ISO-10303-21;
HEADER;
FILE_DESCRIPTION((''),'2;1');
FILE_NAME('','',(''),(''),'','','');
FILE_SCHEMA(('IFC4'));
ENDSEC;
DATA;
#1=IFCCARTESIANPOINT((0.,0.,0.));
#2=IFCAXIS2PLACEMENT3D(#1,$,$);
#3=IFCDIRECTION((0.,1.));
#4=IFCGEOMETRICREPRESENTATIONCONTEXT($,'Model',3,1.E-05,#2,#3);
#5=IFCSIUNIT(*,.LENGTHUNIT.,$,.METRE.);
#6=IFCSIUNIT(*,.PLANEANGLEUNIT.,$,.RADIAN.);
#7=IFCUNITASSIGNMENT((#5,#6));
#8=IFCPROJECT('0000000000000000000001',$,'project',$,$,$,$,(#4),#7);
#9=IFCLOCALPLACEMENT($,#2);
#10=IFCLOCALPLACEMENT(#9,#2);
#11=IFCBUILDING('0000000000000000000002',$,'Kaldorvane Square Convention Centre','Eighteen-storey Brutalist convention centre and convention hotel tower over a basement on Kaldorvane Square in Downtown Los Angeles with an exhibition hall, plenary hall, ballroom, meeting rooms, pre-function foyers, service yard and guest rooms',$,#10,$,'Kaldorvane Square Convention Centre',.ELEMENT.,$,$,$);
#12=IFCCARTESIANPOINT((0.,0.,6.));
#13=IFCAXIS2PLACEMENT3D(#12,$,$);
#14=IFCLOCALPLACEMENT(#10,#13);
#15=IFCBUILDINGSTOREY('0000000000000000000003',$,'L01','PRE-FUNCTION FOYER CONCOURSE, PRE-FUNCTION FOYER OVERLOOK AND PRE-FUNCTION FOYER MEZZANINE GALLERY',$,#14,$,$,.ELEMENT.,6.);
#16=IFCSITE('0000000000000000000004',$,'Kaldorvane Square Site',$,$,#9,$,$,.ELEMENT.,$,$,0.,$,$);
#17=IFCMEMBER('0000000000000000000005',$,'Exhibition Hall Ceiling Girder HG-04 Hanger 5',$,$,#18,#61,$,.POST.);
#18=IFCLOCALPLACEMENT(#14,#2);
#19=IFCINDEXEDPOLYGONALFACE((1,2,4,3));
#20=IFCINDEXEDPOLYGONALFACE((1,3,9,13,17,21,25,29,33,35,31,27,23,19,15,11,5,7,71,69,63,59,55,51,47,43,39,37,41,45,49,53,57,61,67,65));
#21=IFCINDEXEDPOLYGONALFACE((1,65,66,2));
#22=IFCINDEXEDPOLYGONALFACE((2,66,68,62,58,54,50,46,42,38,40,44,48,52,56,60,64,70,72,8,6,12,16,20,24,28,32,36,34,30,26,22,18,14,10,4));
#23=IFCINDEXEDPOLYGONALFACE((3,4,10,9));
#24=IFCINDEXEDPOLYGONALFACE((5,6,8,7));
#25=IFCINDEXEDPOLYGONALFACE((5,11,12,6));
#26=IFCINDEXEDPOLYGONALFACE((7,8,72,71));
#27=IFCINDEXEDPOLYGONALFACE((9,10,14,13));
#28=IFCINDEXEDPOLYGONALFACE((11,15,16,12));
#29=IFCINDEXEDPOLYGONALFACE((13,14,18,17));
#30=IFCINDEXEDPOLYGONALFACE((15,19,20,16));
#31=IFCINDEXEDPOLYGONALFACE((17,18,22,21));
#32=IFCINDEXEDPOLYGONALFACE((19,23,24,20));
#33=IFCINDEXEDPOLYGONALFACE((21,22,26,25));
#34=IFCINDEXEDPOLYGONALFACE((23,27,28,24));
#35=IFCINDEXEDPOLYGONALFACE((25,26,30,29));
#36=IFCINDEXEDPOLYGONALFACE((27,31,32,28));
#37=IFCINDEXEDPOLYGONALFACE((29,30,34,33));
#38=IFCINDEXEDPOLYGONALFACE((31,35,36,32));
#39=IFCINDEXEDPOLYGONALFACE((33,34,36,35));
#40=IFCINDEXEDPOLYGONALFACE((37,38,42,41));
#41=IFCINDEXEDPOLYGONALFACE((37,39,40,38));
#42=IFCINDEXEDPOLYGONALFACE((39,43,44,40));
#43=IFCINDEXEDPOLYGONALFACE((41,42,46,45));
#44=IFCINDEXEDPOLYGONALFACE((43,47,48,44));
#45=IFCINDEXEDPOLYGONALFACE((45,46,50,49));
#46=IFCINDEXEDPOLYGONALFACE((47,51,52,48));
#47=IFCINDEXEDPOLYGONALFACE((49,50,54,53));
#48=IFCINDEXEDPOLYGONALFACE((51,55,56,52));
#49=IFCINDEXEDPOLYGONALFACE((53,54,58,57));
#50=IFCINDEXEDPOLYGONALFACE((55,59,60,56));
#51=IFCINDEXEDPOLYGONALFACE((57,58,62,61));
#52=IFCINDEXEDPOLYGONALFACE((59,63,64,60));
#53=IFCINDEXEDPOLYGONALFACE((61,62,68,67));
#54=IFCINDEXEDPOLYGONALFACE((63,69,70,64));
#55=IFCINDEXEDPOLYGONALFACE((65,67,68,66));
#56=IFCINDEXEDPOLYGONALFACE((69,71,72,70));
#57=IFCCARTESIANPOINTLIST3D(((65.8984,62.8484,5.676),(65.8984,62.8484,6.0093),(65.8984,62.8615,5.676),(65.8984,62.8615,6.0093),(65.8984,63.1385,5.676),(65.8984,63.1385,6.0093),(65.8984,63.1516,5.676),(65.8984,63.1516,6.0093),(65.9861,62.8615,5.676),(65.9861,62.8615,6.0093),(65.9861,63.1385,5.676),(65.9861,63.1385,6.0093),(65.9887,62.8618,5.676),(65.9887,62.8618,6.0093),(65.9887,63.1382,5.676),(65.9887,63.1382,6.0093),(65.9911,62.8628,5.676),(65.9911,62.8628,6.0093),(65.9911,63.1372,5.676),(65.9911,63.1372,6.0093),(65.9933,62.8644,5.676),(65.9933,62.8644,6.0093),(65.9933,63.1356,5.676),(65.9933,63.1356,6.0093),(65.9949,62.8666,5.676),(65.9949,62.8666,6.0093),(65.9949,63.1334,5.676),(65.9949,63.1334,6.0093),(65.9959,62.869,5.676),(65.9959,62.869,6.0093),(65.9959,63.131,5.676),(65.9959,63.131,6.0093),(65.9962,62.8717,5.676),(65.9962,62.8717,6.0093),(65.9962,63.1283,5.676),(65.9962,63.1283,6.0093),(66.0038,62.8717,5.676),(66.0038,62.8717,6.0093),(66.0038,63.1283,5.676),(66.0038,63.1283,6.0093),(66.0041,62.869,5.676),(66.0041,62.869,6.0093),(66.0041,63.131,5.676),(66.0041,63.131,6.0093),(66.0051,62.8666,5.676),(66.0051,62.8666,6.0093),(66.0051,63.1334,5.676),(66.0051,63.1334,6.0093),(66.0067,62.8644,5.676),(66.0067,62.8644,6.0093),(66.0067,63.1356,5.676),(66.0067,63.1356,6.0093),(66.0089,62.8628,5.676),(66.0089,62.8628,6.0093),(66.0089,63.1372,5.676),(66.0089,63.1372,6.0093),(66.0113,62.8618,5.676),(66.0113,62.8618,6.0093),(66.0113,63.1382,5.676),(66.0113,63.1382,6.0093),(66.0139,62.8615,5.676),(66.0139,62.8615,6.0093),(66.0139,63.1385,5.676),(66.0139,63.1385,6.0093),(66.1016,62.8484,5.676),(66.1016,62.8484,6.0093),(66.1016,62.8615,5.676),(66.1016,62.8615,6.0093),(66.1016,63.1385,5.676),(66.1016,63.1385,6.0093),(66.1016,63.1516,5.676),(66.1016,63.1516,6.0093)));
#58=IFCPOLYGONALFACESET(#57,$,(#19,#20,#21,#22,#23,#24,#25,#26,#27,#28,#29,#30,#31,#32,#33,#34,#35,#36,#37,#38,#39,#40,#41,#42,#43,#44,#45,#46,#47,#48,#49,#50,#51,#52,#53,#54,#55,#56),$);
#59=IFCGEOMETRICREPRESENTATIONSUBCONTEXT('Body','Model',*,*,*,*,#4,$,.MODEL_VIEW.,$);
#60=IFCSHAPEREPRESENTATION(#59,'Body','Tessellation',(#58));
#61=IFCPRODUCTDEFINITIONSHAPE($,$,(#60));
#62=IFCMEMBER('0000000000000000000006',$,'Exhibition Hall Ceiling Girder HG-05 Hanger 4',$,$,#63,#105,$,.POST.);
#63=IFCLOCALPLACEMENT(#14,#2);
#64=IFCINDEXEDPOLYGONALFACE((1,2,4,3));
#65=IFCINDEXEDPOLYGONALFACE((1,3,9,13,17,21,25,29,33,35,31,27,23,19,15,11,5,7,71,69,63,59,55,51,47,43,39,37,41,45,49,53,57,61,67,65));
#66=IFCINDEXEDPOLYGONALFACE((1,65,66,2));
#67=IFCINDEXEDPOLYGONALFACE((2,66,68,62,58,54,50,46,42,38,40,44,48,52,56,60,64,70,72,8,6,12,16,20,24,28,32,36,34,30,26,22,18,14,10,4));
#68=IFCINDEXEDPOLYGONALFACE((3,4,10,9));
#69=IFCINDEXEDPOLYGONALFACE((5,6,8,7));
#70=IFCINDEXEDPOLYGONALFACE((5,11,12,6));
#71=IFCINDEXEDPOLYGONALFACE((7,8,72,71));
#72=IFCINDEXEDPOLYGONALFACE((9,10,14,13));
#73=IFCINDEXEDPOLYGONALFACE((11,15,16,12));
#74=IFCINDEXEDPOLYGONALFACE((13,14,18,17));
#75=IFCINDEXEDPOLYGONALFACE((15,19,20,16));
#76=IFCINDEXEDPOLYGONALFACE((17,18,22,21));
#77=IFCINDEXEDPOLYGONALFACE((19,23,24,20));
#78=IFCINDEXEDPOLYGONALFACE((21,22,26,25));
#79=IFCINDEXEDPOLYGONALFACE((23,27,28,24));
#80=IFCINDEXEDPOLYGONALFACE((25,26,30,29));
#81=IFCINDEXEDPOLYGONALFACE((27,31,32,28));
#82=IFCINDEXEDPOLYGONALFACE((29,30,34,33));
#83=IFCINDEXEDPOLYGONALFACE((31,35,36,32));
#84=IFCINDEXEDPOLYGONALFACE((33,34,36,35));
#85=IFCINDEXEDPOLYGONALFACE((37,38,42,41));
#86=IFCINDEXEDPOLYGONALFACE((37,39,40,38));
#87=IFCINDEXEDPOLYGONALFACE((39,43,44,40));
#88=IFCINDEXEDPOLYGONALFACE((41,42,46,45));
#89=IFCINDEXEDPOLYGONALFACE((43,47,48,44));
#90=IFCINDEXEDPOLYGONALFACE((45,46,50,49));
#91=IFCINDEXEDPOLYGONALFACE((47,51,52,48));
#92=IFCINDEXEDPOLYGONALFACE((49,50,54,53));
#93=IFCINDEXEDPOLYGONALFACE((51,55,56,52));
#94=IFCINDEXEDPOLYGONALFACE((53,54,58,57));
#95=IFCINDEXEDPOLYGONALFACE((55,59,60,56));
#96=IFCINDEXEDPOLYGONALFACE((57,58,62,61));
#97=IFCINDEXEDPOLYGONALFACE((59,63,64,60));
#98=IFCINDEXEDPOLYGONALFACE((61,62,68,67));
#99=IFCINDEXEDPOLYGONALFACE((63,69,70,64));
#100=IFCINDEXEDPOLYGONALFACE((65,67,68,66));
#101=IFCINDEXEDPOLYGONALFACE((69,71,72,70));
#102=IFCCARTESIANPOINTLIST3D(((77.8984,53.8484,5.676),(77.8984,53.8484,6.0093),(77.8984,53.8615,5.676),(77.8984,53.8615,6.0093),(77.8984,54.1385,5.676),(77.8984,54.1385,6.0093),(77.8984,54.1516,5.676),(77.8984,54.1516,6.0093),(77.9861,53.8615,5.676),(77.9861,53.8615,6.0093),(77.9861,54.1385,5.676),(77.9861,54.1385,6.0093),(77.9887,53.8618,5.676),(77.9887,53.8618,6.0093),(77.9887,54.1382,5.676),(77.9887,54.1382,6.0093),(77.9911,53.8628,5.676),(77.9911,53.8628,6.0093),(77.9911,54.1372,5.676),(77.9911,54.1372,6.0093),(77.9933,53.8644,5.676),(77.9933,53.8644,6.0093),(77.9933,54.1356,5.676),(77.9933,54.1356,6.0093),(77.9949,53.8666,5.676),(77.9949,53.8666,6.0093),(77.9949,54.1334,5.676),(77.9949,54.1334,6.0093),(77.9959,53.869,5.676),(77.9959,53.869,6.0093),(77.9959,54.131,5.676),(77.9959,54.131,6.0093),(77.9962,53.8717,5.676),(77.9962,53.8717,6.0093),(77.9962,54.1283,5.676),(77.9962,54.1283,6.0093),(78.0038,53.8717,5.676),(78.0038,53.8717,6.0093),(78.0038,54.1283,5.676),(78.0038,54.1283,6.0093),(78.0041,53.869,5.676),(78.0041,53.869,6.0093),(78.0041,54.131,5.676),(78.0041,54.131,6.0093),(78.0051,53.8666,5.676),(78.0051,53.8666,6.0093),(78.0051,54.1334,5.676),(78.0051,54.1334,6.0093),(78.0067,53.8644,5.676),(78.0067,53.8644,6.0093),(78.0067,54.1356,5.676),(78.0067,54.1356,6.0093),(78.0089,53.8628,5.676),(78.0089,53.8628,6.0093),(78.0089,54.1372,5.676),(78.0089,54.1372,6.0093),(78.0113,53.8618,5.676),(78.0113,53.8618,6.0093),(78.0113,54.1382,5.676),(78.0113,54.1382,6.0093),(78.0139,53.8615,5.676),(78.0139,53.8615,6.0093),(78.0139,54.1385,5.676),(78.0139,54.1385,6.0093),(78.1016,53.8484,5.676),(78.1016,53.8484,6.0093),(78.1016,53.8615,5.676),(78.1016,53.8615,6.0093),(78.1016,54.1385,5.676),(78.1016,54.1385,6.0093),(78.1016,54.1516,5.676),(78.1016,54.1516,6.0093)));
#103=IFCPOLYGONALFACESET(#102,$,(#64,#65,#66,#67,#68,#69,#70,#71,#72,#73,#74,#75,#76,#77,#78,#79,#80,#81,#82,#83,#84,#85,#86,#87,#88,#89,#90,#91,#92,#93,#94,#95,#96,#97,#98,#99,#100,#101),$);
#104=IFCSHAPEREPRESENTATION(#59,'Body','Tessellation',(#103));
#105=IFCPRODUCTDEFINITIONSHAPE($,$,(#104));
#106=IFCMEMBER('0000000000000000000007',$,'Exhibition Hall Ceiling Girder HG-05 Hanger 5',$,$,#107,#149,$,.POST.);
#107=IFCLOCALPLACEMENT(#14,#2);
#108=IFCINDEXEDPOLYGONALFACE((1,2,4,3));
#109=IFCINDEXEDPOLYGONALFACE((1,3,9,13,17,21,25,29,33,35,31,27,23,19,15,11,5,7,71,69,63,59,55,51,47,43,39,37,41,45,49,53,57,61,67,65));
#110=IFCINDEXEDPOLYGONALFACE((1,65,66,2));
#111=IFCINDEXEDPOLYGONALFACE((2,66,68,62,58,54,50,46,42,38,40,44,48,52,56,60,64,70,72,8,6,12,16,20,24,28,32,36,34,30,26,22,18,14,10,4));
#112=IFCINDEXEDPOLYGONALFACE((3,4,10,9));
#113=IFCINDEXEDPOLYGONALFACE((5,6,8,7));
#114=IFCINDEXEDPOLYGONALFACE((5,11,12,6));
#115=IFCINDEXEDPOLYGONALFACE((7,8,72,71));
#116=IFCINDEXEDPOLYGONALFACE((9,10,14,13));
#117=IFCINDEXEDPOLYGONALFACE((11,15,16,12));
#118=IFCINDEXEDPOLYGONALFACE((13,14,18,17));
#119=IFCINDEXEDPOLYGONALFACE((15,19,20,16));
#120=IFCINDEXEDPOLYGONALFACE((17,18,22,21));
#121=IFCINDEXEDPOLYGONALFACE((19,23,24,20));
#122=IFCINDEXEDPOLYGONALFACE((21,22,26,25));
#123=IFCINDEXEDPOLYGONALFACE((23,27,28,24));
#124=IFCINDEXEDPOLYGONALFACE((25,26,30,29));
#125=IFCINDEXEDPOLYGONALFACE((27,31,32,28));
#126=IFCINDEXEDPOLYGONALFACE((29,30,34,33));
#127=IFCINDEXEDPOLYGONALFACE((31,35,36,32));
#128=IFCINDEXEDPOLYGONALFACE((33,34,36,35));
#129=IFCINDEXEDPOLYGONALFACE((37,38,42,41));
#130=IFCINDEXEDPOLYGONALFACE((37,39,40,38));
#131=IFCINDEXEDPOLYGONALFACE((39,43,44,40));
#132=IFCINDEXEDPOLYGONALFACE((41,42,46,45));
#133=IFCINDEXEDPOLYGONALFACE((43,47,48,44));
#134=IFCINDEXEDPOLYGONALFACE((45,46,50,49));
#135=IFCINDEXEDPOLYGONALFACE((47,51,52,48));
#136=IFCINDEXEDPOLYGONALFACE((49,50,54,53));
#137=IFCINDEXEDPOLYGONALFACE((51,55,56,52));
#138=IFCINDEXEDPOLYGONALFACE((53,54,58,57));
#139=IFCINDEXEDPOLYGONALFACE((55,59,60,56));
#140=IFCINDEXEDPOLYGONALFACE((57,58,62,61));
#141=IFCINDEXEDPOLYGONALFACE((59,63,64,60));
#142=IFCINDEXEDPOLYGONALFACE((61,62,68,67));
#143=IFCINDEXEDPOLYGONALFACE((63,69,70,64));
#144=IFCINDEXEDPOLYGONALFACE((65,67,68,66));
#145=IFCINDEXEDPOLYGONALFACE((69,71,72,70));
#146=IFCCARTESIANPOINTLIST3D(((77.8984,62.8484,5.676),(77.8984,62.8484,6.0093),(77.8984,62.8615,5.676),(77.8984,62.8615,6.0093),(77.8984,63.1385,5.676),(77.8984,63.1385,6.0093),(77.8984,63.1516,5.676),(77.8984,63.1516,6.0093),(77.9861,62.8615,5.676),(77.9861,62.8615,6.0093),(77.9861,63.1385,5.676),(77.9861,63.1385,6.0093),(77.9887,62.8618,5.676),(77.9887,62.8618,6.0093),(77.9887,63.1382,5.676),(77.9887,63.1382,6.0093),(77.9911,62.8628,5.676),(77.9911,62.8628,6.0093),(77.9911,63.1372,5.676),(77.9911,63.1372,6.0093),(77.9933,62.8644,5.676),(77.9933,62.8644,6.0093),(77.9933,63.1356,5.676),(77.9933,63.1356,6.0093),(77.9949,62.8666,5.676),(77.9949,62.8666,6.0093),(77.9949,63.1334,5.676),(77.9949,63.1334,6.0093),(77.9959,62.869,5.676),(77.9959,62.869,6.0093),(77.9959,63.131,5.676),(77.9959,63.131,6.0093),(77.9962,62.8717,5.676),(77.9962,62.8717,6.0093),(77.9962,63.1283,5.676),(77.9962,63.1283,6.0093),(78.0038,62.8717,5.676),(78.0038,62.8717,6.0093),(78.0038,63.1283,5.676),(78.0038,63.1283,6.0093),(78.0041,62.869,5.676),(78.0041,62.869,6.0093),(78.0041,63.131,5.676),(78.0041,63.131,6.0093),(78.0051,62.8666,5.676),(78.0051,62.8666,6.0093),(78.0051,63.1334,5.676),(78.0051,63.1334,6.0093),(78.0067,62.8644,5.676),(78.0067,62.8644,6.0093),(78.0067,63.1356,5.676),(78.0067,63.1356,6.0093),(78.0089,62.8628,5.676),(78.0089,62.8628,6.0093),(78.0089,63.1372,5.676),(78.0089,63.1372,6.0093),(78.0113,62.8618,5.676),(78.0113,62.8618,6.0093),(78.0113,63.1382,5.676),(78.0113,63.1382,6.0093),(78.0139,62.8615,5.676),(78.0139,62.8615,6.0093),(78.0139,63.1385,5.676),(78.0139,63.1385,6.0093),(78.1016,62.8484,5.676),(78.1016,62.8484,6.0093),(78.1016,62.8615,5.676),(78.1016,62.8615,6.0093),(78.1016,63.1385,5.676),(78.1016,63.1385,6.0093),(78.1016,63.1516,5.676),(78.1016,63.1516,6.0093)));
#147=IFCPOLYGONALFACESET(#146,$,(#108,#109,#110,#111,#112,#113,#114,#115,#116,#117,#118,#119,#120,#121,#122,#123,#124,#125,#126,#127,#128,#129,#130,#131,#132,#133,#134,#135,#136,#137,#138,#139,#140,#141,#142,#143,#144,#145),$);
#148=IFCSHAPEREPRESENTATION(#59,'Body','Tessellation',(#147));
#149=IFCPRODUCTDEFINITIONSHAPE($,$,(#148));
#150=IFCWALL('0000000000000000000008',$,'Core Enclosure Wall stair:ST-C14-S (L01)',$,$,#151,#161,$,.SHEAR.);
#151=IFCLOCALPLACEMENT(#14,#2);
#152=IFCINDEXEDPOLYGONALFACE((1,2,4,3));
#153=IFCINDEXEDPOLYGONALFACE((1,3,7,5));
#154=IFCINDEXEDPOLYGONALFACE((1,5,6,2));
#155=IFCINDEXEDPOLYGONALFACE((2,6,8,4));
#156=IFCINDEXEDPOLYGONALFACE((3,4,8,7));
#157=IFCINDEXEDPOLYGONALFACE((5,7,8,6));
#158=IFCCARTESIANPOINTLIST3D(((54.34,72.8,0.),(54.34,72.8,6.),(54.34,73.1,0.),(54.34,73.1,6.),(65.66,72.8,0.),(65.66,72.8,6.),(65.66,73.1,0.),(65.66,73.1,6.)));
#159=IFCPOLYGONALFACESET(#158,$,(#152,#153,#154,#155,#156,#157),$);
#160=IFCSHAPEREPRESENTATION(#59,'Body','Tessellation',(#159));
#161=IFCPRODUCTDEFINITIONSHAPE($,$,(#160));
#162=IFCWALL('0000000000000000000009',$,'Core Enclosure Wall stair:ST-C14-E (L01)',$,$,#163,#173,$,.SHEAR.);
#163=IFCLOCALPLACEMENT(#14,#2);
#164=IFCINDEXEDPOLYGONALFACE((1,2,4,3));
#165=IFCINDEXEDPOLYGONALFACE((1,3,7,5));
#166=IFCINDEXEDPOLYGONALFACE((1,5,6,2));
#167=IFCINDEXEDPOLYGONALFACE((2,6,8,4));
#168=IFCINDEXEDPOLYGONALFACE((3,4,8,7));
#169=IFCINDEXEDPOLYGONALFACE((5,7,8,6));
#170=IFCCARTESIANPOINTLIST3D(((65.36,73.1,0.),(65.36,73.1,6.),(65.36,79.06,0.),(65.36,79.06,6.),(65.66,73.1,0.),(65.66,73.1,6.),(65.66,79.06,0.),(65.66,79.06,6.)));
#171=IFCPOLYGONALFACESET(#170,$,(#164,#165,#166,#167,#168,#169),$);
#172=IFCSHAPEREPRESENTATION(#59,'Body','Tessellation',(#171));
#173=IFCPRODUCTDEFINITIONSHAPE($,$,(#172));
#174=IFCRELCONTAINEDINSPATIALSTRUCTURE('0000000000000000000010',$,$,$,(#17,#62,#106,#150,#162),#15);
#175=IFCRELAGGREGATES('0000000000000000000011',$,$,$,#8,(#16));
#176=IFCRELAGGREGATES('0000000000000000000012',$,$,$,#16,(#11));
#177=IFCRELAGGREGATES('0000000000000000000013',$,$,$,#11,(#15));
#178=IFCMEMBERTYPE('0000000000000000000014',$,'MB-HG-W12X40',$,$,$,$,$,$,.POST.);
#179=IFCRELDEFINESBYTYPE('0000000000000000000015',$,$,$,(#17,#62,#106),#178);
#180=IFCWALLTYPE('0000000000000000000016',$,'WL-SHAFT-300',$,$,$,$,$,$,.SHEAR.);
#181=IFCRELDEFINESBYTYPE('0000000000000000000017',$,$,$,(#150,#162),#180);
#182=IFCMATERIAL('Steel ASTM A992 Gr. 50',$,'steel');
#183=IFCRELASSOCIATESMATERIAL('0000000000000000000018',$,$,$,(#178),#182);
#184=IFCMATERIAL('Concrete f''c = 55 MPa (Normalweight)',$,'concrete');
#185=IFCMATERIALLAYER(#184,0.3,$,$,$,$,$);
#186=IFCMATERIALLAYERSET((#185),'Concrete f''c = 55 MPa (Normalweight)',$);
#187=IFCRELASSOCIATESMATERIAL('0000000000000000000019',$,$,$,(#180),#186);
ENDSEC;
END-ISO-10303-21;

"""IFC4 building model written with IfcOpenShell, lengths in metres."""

from ifc_helpers import new_model, si_unit, direction, frame, frame_2d, origin, origin_2d, place, context, subcontext, project, spatial, rectangle, i_section, extrude, material, layer, layer_set, material_profile, profile_set, type_object, element, save


model = new_model("IFC4")

# Units and contexts
model_context = context("Model", 3, precision=1e-05, world=origin(), true_north=direction((0.0, 1.0)))
body_context = subcontext(model_context, "Body", "Model", "MODEL_VIEW")
ifc_project = project(units=[si_unit("LENGTHUNIT", "METRE"), si_unit("PLANEANGLEUNIT", "RADIAN")], contexts=[model_context])

# Site, building, storey
site_placement = place(None, origin())
site = spatial("IfcSite", under=ifc_project, at=site_placement, Name="Kaldorvane Square Site", CompositionType="ELEMENT", RefElevation=0.0)
building_placement = place(site_placement, origin())
building = spatial("IfcBuilding", under=site, at=building_placement, Name="Kaldorvane Square Convention Centre", Description="Eighteen-storey Brutalist convention centre and convention hotel tower over a basement on Kaldorvane Square in Downtown Los Angeles with an exhibition hall, plenary hall, ballroom, meeting rooms, pre-function foyers, service yard and guest rooms", LongName="Kaldorvane Square Convention Centre", CompositionType="ELEMENT")
storey_placement = place(building_placement, frame((0.0, 0.0, 6.0)))
storey = spatial("IfcBuildingStorey", under=building, at=storey_placement, Name="L01", Description="PRE-FUNCTION FOYER CONCOURSE, PRE-FUNCTION FOYER OVERLOOK AND PRE-FUNCTION FOYER MEZZANINE GALLERY", CompositionType="ELEMENT", Elevation=6.0)

# Shared definitions
ifc_material_1 = material(Name="Concrete f'c = 55 MPa (Normalweight)", Category="concrete")

# Shared definitions
ifc_material_2 = material(Name="Steel ASTM A992 Gr. 50", Category="steel")

# Members
ifc_material_profile_1 = material_profile(ifc_material_2, i_section(OverallWidth=0.2033, OverallDepth=0.3033, WebThickness=0.0075, FlangeThickness=0.0131, FilletRadius=0.0102, at=origin_2d()), Name="W12X40")
ifc_profile_set_1 = profile_set([ifc_material_profile_1], Name="Steel ASTM A992 Gr. 50")
member_type = type_object("IfcMemberType", Name="MB-HG-W12X40", PredefinedType="POST", material=ifc_profile_set_1)
for number, where, z_axis, x_axis, name in (
    (1, (66.0, 63.0, 5.676), (0.0, 0.0, 1.0), (1.0, 0.0, 0.0), "Exhibition Hall Ceiling Girder HG-04 Hanger 5"),
    (2, (78.0, 54.0, 5.676), (0.0, 0.0, 1.0), (1.0, 0.0, 0.0), "Exhibition Hall Ceiling Girder HG-05 Hanger 4"),
    (3, (78.0, 63.0, 5.676), (0.0, 0.0, 1.0), (1.0, 0.0, 0.0), "Exhibition Hall Ceiling Girder HG-05 Hanger 5"),
):
    element("IfcMember", number, at=place(storey_placement, frame(where, z_axis=z_axis, x_axis=x_axis)), inside=storey, type_object=member_type, Name=name, PredefinedType="POST", context=body_context, shape_type="SweptSolid", body=[
        extrude(i_section(OverallWidth=0.2033, OverallDepth=0.3033, WebThickness=0.0075, FlangeThickness=0.0131, FilletRadius=0.0102, at=origin_2d()), origin(), (0.0, 0.0, 1.0), 0.3333),
    ])

# Walls
ifc_layer = layer(ifc_material_1, 0.3)
ifc_layer_set = layer_set([ifc_layer], Name="Concrete f'c = 55 MPa (Normalweight)")
wall_type = type_object("IfcWallType", Name="WL-SHAFT-300", PredefinedType="SHEAR", material=ifc_layer_set)
wall_1_placement = place(storey_placement, frame((54.34, 72.95, 0.0), z_axis=(0.0, 0.0, 1.0), x_axis=(1.0, 0.0, 0.0)))
element("IfcWall", 4, at=wall_1_placement, inside=storey, type_object=wall_type, Name="Core Enclosure Wall stair:ST-C14-S (L01)", PredefinedType="SHEAR", context=body_context, shape_type="SweptSolid", body=[
    extrude(rectangle(XDim=11.32, YDim=0.3, at=frame_2d((5.66, 0.0))), origin(), (0.0, 0.0, 1.0), 6.0),
])
wall_2_placement = place(storey_placement, frame((65.51, 73.1, 0.0), z_axis=(0.0, 0.0, 1.0), x_axis=(0.0, 1.0, 0.0)))
element("IfcWall", 5, at=wall_2_placement, inside=storey, type_object=wall_type, Name="Core Enclosure Wall stair:ST-C14-E (L01)", PredefinedType="SHEAR", context=body_context, shape_type="SweptSolid", body=[
    extrude(rectangle(XDim=5.96, YDim=0.3, at=frame_2d((2.98, 0.0))), origin(), (0.0, 0.0, 1.0), 6.0),
])

save(model, "model.ifc")
